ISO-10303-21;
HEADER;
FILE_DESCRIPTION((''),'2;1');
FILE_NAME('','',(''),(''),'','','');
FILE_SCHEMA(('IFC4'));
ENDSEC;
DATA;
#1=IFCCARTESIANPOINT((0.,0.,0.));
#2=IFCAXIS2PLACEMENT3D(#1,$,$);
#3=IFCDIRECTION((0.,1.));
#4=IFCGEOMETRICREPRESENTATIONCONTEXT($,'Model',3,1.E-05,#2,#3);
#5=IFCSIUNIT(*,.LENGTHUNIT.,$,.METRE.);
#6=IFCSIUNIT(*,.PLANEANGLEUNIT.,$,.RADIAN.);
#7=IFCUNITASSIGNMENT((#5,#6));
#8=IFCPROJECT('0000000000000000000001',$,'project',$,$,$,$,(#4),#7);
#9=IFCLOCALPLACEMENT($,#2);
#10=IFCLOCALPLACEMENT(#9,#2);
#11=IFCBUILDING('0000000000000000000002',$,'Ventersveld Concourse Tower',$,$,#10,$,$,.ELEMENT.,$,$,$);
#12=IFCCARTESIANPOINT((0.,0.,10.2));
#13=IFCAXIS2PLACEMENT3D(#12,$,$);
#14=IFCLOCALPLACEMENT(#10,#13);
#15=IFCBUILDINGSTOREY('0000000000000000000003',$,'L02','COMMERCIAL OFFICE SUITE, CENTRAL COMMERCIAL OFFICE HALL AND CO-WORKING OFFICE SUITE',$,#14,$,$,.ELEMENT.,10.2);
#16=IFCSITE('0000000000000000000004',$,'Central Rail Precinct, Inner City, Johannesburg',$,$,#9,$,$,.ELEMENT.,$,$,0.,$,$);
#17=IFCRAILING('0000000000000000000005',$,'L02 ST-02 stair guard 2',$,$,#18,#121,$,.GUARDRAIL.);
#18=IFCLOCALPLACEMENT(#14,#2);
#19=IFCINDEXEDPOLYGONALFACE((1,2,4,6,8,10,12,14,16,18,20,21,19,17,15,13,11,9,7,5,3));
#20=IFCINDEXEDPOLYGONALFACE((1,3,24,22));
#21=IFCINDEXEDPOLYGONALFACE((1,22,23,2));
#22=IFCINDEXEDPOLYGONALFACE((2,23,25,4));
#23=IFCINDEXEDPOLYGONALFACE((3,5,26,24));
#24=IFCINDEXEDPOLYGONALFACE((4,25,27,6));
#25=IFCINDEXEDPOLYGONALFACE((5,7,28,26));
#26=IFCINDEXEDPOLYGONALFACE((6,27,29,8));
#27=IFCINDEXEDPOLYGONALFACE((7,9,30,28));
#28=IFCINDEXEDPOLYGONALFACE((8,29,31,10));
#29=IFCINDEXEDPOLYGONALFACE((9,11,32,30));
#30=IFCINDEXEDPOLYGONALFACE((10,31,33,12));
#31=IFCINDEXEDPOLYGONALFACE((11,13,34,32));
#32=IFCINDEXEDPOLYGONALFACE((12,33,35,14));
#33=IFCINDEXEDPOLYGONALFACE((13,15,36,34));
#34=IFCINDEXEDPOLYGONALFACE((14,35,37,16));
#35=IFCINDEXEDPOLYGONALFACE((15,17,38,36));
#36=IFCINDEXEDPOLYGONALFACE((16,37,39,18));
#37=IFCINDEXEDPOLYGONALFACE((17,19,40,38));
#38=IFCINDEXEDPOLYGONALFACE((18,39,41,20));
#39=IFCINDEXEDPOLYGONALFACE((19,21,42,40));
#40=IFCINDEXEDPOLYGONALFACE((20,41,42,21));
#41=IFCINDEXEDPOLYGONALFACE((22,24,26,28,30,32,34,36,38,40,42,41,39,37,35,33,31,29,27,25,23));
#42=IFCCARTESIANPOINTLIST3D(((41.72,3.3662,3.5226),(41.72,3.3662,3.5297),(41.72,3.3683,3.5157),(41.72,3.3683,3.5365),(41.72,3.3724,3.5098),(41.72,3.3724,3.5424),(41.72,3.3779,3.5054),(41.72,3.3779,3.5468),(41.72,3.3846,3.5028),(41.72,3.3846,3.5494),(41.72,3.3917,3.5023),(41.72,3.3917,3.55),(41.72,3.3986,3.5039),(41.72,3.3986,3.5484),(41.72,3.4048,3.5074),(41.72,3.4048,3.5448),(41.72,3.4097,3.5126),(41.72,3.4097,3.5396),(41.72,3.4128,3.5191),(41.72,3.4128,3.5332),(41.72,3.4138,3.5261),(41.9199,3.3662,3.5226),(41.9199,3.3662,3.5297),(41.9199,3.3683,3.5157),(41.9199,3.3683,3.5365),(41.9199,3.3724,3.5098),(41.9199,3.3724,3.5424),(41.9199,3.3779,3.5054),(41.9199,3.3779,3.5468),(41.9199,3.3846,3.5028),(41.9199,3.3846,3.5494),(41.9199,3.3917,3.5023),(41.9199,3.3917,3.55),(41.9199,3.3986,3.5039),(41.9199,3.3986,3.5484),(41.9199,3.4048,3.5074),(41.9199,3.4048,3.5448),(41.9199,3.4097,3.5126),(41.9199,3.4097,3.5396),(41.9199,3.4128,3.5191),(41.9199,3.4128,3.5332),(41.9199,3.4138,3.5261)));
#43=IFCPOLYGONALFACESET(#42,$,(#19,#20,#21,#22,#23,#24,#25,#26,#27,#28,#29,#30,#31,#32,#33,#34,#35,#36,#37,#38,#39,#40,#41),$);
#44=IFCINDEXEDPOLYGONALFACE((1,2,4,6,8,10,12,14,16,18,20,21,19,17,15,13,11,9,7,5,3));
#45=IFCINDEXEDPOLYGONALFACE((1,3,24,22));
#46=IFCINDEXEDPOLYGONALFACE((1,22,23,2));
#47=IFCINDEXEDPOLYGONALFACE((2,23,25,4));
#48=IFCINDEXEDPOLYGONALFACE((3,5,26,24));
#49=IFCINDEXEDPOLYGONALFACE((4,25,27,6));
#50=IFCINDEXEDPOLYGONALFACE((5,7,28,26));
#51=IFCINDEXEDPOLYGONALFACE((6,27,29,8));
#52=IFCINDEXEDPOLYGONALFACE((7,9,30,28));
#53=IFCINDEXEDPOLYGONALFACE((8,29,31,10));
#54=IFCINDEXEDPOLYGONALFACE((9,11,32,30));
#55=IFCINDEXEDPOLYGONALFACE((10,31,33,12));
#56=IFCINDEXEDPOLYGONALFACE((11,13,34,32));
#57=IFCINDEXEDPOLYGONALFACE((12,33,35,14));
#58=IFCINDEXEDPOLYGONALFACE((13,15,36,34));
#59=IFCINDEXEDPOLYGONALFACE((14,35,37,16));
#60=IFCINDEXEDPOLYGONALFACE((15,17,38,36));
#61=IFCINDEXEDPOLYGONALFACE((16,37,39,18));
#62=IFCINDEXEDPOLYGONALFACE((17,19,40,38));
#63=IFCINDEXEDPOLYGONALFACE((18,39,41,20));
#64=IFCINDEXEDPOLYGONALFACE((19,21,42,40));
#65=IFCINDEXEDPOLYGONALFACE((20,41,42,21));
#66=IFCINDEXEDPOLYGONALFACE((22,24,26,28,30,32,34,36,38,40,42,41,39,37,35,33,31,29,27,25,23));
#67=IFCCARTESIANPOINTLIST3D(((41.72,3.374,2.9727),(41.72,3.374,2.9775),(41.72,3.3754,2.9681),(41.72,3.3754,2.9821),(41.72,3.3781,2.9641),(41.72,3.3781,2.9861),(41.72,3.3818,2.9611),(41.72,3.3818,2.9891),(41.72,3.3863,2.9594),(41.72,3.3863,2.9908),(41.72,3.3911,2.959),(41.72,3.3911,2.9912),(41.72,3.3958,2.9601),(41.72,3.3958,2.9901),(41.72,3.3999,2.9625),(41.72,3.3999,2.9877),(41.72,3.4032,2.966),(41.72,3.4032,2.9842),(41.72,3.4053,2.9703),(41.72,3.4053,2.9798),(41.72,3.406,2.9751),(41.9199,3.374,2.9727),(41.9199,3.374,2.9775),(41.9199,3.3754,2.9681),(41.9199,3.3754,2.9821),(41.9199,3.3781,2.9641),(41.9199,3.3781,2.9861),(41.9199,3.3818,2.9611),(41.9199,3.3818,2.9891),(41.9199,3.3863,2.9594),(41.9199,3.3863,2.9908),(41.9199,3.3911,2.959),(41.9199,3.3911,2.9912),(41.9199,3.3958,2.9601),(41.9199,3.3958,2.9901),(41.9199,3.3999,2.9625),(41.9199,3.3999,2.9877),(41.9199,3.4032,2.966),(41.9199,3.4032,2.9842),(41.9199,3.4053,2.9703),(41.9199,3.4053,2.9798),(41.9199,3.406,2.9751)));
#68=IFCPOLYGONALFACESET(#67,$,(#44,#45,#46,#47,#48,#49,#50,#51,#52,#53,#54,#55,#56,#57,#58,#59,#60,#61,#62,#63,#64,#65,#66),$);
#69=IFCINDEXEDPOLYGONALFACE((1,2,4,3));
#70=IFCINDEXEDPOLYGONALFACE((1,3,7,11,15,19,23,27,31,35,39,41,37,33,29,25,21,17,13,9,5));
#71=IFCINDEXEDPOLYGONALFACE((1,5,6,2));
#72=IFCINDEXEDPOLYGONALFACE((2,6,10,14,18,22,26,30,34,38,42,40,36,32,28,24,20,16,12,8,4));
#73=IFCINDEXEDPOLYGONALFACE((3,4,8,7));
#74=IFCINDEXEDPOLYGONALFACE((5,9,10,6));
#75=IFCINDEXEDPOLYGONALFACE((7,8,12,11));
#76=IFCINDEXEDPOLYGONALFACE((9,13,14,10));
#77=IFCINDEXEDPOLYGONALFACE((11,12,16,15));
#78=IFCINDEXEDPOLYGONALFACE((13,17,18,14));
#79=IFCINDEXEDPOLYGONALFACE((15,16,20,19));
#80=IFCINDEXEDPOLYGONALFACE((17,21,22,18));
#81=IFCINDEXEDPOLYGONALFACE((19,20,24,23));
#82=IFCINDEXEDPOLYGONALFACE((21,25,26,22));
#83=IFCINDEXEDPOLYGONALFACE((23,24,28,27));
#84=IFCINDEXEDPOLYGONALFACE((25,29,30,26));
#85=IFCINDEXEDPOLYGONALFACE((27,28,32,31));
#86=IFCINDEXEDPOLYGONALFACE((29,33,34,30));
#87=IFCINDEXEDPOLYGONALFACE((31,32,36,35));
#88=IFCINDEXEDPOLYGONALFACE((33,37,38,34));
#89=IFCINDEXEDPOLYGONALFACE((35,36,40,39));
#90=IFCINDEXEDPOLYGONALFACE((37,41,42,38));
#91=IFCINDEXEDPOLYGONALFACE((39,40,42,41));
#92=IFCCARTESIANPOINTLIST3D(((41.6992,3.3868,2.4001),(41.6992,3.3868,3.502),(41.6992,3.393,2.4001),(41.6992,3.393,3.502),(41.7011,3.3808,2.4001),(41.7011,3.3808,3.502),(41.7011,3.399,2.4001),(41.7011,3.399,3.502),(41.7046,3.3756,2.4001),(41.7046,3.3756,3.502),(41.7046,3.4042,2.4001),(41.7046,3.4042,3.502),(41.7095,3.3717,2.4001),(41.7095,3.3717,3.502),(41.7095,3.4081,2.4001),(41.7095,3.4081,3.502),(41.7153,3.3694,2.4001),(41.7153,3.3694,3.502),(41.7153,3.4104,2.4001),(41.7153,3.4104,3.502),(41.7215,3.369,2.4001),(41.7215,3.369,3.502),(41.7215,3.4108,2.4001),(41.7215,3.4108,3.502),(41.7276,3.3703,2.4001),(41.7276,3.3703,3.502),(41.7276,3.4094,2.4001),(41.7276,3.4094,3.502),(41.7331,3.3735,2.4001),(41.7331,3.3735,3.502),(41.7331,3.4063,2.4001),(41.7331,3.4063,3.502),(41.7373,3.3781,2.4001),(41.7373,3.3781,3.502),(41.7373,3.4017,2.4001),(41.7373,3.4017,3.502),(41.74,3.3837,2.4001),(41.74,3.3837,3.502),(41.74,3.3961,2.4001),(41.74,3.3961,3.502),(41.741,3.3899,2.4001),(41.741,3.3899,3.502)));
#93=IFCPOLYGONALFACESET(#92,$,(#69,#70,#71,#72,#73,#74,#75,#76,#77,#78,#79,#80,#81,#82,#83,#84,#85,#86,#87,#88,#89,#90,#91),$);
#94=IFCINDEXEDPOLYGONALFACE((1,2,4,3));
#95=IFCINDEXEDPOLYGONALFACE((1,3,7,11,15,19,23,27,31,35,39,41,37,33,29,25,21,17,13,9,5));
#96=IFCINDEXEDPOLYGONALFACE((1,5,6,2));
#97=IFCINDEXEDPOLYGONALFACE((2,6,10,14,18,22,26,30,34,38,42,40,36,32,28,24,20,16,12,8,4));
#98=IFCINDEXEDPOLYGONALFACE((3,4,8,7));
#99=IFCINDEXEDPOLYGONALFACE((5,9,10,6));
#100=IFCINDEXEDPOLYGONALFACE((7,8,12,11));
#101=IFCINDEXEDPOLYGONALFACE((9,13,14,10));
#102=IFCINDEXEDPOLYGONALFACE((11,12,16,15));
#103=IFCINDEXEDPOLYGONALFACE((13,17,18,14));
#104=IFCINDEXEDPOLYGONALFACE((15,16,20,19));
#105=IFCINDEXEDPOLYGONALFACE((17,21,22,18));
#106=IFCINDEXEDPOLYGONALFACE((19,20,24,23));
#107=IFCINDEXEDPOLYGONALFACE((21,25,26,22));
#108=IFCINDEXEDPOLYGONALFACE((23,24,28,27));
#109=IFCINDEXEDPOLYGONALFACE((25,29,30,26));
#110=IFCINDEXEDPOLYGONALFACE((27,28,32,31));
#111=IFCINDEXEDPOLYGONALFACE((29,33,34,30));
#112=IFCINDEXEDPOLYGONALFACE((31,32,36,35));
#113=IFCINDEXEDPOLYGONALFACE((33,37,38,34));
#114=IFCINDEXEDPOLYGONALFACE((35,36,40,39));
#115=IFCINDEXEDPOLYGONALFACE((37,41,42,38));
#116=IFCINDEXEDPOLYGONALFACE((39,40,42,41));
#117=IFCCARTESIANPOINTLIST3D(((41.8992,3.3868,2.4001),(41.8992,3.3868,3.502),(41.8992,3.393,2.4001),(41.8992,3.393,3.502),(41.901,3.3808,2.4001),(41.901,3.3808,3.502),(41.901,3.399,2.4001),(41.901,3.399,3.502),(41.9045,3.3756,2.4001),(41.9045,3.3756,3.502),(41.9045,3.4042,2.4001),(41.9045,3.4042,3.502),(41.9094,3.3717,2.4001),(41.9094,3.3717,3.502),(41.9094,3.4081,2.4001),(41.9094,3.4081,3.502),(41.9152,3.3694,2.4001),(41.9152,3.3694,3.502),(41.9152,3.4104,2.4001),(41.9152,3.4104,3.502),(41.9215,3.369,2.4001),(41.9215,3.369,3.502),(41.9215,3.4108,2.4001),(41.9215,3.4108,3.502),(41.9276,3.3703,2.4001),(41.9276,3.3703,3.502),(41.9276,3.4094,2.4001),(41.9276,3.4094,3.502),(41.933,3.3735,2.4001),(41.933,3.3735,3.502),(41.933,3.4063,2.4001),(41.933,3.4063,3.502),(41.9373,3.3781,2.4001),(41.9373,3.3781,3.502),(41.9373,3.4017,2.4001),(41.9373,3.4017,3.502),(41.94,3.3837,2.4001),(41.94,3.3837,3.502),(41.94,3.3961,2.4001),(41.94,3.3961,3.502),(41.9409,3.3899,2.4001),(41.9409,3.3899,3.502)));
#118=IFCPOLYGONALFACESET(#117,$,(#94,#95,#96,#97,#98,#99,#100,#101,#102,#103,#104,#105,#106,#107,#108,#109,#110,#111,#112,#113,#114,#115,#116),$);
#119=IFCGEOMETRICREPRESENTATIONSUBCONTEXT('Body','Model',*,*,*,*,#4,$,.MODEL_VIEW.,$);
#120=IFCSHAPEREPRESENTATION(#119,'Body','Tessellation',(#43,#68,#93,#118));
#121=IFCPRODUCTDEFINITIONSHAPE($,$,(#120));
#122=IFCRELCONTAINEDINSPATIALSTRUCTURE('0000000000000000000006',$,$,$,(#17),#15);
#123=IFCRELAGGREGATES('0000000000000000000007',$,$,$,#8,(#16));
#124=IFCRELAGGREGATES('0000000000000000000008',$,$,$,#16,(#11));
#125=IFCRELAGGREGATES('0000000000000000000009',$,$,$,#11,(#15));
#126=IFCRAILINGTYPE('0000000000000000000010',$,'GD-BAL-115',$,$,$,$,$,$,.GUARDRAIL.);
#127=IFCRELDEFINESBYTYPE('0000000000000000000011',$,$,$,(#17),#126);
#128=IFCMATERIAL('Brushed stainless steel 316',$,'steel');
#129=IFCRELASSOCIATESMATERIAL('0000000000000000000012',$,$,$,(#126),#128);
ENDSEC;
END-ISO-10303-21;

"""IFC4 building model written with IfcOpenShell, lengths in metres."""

from ifc_helpers import new_model, si_unit, direction, frame, origin, origin_2d, place, context, subcontext, project, spatial, circle, extrude, material, type_object, element, save


model = new_model("IFC4")

# Units and contexts
model_context = context("Model", 3, precision=1e-05, world=origin(), true_north=direction((0.0, 1.0)))
body_context = subcontext(model_context, "Body", "Model", "MODEL_VIEW")
ifc_project = project(units=[si_unit("LENGTHUNIT", "METRE"), si_unit("PLANEANGLEUNIT", "RADIAN")], contexts=[model_context])

# Site, building, storey
site_placement = place(None, origin())
site = spatial("IfcSite", under=ifc_project, at=site_placement, Name="Central Rail Precinct, Inner City, Johannesburg", CompositionType="ELEMENT", RefElevation=0.0)
building_placement = place(site_placement, origin())
building = spatial("IfcBuilding", under=site, at=building_placement, Name="Ventersveld Concourse Tower", CompositionType="ELEMENT")
storey_placement = place(building_placement, frame((0.0, 0.0, 10.2)))
storey = spatial("IfcBuildingStorey", under=building, at=storey_placement, Name="L02", Description="COMMERCIAL OFFICE SUITE, CENTRAL COMMERCIAL OFFICE HALL AND CO-WORKING OFFICE SUITE", CompositionType="ELEMENT", Elevation=10.2)

# Railing
ifc_material_1 = material(Name="Brushed stainless steel 316", Category="steel")
railing_type_1 = type_object("IfcRailingType", Name="GD-BAL-115", PredefinedType="GUARDRAIL", material=ifc_material_1)
railing_1_placement = place(storey_placement, frame((41.72, 3.3899, 2.4001)))
element("IfcRailing", 1, at=railing_1_placement, inside=storey, type_object=railing_type_1, Name="L02 ST-02 stair guard 2", PredefinedType="GUARDRAIL", context=body_context, shape_type="SweptSolid", body=[
    extrude(circle(Radius=0.0239, at=origin_2d()), frame((0.0, 0.0, 1.126), z_axis=(1.0, 0.0, 0.0), x_axis=(0.0, 1.0, 0.0)), (0.0, 0.0, 1.0), 0.2),
    extrude(circle(Radius=0.0161, at=origin_2d()), frame((0.0, 0.0, 0.575), z_axis=(1.0, 0.0, 0.0), x_axis=(0.0, 1.0, 0.0)), (0.0, 0.0, 1.0), 0.2),
    extrude(circle(Radius=0.021, at=origin_2d()), origin(), (0.0, 0.0, 1.0), 1.1018),
    extrude(circle(Radius=0.021, at=origin_2d()), frame((0.2, 0.0, 0.0)), (0.0, 0.0, 1.0), 1.1018),
])

save(model, "model.ifc")
